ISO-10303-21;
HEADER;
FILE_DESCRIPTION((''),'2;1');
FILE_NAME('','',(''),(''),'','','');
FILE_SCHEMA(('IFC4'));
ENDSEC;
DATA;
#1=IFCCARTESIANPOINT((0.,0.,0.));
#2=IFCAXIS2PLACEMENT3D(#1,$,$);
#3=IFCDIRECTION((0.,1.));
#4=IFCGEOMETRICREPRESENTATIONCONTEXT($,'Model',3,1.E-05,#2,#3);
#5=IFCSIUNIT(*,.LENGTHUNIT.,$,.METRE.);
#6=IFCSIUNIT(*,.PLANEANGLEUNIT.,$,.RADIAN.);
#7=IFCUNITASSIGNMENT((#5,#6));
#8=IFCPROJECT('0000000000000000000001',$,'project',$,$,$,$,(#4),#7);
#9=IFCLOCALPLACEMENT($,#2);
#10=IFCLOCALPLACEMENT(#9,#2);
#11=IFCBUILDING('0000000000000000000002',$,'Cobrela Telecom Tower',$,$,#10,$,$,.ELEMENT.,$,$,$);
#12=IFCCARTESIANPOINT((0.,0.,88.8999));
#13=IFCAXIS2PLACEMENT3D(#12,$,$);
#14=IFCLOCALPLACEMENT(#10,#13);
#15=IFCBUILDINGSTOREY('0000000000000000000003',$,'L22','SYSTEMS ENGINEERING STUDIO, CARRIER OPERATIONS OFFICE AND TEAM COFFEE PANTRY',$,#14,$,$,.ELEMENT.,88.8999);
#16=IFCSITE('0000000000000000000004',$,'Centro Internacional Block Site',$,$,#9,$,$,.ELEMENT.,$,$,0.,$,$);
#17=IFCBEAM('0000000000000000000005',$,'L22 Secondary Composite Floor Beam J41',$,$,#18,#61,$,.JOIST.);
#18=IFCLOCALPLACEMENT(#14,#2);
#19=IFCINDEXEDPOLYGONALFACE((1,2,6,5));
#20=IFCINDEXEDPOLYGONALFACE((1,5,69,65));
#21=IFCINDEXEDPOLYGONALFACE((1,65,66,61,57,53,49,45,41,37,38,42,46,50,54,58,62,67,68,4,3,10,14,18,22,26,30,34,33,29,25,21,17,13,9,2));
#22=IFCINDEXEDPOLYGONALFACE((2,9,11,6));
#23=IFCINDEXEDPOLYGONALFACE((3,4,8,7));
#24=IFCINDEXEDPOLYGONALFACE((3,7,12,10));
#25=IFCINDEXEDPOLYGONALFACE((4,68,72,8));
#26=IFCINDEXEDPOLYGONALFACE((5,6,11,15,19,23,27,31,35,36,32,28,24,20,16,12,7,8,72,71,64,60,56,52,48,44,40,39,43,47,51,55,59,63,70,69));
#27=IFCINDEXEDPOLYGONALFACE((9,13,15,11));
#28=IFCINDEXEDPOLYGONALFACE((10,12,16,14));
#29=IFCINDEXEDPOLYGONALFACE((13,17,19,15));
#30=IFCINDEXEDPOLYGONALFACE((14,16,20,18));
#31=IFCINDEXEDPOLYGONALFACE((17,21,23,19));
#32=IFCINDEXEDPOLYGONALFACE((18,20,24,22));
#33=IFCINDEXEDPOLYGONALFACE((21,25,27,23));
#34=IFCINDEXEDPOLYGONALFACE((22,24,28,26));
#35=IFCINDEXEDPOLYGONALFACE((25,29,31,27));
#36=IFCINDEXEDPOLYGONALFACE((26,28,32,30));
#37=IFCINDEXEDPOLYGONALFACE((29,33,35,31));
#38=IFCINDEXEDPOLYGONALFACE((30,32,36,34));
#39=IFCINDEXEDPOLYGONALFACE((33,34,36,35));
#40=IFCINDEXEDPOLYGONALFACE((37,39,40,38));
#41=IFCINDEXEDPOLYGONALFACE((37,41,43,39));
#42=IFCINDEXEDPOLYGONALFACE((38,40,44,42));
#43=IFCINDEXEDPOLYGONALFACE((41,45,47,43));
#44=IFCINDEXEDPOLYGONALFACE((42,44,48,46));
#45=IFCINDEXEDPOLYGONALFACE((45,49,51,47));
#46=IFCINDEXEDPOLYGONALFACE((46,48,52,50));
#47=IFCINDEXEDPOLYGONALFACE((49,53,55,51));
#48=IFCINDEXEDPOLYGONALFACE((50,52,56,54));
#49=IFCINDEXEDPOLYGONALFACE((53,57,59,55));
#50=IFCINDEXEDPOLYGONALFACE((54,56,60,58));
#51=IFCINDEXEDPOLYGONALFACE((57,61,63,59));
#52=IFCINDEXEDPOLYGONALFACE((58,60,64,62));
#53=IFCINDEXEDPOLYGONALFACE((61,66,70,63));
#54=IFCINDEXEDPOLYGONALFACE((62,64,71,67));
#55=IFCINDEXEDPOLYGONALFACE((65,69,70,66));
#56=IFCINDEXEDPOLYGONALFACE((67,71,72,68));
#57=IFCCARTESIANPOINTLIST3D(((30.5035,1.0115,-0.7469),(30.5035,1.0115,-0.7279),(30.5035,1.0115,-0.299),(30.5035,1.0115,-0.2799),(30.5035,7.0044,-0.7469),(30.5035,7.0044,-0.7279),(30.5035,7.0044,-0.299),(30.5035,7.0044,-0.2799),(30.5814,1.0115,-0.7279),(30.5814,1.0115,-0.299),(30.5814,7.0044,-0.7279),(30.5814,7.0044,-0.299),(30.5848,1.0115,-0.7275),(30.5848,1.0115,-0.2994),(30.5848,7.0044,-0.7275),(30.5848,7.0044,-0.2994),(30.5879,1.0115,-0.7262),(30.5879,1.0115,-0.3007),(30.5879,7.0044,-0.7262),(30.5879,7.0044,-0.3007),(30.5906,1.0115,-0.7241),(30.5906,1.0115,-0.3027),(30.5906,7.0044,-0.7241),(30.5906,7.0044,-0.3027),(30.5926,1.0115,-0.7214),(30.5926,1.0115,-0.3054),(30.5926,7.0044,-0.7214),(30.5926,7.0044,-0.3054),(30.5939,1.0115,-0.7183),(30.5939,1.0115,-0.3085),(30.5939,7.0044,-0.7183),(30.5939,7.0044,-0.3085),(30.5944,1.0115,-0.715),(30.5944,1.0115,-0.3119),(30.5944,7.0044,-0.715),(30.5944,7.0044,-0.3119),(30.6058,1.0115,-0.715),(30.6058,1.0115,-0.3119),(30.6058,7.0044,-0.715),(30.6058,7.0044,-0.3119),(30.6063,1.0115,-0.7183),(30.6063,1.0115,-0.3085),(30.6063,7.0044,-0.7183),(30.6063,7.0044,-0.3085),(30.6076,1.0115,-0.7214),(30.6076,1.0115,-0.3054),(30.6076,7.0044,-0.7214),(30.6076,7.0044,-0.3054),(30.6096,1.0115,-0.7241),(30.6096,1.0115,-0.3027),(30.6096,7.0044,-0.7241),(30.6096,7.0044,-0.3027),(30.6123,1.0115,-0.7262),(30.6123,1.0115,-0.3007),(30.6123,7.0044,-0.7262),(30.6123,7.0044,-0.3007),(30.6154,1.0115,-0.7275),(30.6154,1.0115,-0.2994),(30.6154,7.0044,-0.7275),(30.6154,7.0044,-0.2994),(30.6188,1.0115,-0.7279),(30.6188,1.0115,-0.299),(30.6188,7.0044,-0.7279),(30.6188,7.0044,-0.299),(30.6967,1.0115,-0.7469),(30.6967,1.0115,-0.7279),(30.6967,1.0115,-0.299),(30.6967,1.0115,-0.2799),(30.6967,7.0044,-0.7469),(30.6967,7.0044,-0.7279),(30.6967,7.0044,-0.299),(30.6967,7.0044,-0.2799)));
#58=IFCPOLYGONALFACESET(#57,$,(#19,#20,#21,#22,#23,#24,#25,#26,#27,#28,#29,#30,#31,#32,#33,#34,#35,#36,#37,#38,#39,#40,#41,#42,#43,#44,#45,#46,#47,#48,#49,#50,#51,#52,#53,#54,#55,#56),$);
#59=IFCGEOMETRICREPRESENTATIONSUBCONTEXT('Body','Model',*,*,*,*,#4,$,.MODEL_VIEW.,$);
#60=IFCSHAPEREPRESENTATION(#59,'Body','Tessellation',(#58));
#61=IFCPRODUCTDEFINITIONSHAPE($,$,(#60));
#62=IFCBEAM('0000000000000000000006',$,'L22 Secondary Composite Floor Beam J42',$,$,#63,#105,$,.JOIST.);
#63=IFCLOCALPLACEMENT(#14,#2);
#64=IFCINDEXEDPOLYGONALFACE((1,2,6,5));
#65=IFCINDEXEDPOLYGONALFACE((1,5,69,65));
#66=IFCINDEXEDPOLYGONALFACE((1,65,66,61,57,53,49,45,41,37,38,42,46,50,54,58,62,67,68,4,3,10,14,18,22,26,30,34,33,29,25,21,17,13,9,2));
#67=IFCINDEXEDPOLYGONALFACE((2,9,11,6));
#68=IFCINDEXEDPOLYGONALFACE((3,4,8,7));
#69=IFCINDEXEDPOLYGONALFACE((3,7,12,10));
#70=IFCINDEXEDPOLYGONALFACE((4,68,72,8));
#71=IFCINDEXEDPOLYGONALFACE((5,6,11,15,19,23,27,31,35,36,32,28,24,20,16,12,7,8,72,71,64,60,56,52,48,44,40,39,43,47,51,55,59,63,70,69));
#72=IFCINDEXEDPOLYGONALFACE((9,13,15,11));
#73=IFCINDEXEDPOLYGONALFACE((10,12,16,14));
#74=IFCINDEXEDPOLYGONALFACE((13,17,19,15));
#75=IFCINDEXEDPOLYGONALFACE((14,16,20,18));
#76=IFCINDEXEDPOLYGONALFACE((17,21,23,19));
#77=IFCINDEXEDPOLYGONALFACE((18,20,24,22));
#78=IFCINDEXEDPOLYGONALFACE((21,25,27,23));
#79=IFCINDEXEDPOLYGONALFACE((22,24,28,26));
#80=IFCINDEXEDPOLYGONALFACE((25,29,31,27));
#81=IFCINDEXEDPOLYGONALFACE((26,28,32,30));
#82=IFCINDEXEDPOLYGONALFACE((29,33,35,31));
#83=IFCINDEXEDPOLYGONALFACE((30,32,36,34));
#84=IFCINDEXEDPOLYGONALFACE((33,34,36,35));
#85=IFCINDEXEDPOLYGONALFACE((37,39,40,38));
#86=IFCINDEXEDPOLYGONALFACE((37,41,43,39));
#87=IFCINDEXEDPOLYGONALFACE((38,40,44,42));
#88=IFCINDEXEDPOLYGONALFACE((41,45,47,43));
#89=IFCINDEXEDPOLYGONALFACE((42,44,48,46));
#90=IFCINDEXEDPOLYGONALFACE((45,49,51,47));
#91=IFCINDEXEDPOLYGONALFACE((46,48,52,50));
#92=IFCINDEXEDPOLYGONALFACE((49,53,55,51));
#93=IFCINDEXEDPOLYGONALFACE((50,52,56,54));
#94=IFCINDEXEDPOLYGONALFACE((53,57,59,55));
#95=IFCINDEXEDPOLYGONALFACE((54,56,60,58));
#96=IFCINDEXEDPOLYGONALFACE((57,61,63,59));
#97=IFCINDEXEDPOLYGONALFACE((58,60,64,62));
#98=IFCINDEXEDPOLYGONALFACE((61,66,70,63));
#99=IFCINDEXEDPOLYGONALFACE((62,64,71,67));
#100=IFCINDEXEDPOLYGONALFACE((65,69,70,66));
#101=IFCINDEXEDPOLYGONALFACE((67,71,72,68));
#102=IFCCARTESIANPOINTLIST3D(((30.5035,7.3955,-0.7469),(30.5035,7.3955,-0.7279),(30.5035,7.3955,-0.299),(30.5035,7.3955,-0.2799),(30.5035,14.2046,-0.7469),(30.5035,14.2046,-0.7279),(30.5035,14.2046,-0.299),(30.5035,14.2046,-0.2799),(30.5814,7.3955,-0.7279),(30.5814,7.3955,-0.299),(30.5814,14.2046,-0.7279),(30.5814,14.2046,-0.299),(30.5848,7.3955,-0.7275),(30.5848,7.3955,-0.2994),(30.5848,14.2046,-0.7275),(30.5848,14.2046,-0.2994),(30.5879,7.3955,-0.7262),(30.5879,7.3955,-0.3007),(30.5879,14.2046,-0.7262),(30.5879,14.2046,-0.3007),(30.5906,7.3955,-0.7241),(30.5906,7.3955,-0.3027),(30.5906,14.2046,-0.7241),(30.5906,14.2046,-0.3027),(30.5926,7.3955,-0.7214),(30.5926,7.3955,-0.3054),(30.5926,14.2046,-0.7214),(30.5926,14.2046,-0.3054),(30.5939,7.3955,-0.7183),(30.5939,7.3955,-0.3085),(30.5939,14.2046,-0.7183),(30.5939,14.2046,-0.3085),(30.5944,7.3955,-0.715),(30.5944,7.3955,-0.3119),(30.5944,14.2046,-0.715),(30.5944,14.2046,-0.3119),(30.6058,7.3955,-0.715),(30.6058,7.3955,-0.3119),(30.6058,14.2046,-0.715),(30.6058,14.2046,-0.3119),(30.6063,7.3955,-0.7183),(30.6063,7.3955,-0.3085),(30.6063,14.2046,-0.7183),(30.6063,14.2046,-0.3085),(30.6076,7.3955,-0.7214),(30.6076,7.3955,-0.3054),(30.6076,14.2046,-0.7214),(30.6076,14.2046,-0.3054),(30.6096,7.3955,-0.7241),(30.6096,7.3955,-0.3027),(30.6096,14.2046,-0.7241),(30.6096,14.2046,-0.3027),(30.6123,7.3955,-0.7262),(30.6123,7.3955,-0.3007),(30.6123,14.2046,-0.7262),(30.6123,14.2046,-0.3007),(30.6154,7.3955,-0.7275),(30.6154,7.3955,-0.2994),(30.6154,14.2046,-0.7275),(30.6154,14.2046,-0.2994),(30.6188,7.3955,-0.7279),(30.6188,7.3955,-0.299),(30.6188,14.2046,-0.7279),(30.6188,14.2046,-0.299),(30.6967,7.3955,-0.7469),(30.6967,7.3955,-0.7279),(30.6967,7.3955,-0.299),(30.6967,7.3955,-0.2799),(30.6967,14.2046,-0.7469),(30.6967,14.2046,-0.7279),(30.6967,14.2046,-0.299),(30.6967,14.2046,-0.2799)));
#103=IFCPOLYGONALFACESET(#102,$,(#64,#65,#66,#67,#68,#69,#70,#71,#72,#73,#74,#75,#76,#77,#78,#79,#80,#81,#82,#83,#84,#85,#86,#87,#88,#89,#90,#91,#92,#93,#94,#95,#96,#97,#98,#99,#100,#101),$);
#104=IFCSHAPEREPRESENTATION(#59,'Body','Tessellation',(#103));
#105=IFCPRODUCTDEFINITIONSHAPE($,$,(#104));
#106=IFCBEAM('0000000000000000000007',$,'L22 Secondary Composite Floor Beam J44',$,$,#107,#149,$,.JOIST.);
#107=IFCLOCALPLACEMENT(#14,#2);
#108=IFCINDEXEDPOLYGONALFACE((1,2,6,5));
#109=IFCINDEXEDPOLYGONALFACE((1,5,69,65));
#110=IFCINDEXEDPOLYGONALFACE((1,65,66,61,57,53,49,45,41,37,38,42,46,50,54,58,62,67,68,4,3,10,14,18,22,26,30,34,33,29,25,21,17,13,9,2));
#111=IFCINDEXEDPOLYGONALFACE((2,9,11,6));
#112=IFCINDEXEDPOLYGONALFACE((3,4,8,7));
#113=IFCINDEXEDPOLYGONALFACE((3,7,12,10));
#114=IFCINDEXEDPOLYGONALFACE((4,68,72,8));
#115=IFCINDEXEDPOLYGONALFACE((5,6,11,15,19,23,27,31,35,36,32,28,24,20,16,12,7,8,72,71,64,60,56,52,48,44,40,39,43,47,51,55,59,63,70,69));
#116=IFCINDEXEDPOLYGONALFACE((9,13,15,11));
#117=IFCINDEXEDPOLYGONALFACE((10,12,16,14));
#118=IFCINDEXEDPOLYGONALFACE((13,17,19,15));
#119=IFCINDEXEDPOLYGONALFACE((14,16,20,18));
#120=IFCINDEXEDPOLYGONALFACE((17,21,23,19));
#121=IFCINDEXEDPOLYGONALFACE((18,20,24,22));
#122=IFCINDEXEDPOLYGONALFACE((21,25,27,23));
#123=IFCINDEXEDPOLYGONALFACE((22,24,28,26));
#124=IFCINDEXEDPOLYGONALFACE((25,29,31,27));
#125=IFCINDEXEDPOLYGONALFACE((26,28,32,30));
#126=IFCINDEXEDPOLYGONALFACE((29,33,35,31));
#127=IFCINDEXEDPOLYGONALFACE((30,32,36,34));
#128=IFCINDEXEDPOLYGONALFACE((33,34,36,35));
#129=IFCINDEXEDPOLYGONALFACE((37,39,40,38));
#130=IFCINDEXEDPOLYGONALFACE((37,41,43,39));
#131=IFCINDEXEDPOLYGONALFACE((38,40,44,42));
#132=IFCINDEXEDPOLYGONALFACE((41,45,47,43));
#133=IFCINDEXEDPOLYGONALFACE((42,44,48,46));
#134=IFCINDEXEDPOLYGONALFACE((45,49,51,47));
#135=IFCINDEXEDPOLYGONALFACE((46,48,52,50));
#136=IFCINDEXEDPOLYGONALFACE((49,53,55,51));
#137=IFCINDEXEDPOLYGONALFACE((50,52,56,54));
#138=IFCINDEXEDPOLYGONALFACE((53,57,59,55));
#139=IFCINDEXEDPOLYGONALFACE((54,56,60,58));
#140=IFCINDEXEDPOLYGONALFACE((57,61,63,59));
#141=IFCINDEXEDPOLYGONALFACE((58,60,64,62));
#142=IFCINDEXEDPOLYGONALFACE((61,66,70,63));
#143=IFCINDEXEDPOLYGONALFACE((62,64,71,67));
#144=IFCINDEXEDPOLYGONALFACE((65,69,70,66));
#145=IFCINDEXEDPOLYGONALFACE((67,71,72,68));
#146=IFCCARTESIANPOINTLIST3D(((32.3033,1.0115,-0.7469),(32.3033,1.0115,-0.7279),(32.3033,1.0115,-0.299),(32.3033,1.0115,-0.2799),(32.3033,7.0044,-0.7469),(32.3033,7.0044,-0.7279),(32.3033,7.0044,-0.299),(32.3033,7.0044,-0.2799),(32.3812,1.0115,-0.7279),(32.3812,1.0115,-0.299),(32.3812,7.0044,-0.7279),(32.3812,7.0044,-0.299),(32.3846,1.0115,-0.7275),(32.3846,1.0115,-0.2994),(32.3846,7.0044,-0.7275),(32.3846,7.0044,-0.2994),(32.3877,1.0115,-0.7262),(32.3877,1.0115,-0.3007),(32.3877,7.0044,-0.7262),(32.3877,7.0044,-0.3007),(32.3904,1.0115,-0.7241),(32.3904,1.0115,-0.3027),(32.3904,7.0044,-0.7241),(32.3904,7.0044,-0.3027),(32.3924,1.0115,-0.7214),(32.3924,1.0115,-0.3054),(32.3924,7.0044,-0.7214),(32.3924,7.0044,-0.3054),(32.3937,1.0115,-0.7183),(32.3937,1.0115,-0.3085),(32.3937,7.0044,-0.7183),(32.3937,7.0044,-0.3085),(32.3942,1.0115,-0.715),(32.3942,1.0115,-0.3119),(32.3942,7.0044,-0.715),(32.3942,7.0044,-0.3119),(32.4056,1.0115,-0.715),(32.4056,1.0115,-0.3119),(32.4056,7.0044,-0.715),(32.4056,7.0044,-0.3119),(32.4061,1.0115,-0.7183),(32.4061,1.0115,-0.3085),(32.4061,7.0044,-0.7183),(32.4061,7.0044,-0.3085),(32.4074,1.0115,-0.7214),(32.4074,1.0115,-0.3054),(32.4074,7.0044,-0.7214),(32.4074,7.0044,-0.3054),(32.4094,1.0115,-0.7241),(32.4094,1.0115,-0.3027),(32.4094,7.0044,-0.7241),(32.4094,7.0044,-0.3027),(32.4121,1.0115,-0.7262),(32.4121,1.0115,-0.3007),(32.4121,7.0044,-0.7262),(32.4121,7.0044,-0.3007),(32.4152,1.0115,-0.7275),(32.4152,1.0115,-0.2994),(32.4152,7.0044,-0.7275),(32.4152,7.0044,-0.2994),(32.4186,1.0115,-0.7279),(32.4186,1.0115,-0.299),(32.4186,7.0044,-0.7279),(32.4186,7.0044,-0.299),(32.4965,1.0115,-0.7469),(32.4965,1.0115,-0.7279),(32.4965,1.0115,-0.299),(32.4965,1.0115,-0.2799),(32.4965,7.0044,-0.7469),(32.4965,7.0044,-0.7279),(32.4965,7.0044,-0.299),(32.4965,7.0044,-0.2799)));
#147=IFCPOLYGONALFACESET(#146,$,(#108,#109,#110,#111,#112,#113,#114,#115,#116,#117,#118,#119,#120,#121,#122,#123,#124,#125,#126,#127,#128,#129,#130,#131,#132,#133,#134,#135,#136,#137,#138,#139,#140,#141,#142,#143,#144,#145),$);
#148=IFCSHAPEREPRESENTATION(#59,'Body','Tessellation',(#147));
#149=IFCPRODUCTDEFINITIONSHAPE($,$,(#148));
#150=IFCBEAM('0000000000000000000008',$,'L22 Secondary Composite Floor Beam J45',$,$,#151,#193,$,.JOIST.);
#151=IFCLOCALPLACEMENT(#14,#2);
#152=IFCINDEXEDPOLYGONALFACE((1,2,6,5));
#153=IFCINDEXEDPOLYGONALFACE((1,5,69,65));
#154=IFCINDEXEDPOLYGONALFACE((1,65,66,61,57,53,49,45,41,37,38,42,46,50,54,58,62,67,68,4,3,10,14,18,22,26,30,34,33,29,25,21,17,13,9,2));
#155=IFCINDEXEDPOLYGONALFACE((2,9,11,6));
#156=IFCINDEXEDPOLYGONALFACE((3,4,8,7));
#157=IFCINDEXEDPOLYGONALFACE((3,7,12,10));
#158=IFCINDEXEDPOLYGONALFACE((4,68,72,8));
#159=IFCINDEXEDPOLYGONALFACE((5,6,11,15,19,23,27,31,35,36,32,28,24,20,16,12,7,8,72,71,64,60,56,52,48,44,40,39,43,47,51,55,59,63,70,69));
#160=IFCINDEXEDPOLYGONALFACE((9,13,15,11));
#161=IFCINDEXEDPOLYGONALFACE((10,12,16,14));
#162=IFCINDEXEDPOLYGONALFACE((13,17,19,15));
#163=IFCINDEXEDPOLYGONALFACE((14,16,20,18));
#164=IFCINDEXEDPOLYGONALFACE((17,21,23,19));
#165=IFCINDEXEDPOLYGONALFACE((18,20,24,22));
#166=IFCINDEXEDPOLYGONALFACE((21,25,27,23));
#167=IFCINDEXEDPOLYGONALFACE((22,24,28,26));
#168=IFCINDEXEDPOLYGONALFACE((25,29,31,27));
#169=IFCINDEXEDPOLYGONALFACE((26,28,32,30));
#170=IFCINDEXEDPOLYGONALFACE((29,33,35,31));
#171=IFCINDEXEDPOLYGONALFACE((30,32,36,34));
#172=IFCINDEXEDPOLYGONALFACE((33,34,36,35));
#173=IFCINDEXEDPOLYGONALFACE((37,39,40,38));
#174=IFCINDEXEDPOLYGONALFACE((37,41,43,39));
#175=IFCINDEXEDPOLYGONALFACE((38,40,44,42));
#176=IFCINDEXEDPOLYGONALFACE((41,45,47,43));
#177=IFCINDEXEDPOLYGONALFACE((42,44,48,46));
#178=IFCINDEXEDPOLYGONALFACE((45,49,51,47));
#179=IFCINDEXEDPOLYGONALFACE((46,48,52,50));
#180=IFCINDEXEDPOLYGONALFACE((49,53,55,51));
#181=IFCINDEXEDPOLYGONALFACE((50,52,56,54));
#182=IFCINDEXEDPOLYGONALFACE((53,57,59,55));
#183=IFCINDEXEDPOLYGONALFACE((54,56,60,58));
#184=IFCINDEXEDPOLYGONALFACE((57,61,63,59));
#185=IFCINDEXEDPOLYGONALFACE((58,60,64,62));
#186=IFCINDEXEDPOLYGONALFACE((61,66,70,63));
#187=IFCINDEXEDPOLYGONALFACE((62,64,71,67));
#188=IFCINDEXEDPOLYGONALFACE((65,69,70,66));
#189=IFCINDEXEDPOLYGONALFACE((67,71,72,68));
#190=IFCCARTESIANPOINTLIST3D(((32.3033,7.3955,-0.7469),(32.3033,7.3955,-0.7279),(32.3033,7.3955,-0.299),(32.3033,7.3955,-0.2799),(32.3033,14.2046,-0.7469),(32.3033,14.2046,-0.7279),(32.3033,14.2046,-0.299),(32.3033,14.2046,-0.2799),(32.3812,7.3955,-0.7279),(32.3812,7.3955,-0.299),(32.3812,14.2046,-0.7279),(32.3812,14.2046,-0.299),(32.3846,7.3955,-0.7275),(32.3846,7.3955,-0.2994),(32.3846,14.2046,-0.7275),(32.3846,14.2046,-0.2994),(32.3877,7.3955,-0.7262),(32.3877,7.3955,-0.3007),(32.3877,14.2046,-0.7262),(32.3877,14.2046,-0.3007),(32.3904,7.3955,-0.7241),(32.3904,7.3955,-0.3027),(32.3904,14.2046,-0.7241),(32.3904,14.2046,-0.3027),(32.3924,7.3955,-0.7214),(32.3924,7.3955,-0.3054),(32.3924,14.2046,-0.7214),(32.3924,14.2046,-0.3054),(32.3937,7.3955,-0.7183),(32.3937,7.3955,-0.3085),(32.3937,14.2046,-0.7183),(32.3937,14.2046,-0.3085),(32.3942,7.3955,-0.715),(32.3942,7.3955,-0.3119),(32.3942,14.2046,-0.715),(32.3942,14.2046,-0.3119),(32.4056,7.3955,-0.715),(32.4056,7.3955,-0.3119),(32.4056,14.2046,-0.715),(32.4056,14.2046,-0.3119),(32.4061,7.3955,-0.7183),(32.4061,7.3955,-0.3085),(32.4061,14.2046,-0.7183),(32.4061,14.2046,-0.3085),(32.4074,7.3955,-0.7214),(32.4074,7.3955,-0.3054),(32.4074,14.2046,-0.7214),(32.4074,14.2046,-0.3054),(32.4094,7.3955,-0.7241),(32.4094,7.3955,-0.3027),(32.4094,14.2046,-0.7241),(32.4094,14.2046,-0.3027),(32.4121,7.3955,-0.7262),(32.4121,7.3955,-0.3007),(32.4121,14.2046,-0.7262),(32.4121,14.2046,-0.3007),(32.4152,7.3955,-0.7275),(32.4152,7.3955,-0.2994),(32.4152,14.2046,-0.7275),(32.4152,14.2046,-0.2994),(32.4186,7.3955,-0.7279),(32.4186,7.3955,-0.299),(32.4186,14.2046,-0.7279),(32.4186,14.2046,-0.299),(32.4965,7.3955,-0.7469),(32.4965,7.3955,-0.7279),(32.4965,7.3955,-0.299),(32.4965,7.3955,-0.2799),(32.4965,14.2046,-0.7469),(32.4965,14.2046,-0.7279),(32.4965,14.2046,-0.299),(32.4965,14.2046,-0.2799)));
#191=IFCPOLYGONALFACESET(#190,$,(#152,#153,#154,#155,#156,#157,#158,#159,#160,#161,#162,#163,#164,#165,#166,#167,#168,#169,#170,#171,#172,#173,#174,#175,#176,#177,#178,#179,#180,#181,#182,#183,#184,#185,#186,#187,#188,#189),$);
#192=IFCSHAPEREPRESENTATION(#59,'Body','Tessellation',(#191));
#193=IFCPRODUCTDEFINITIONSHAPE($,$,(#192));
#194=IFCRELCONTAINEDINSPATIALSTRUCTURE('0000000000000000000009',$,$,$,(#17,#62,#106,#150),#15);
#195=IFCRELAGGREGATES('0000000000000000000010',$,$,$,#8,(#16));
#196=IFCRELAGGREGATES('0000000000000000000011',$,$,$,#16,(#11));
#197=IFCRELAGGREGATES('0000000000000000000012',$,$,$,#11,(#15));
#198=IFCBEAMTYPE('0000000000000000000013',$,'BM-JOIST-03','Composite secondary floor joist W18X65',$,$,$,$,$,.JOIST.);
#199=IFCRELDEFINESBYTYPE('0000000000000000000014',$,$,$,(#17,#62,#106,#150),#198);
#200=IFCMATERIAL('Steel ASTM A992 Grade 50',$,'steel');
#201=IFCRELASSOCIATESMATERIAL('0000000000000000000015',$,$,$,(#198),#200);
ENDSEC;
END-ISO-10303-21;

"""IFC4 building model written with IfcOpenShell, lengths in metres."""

from ifc_helpers import new_model, si_unit, direction, frame, origin, origin_2d, place, context, subcontext, project, spatial, i_section, extrude, material, material_profile, profile_set, type_object, element, save


model = new_model("IFC4")

# Units and contexts
model_context = context("Model", 3, precision=1e-05, world=origin(), true_north=direction((0.0, 1.0)))
body_context = subcontext(model_context, "Body", "Model", "MODEL_VIEW")
ifc_project = project(units=[si_unit("LENGTHUNIT", "METRE"), si_unit("PLANEANGLEUNIT", "RADIAN")], contexts=[model_context])

# Site, building, storey
site_placement = place(None, origin())
site = spatial("IfcSite", under=ifc_project, at=site_placement, Name="Centro Internacional Block Site", CompositionType="ELEMENT", RefElevation=0.0)
building_placement = place(site_placement, origin())
building = spatial("IfcBuilding", under=site, at=building_placement, Name="Cobrela Telecom Tower", CompositionType="ELEMENT")
storey_placement = place(building_placement, frame((0.0, 0.0, 88.8999)))
storey = spatial("IfcBuildingStorey", under=building, at=storey_placement, Name="L22", Description="SYSTEMS ENGINEERING STUDIO, CARRIER OPERATIONS OFFICE AND TEAM COFFEE PANTRY", CompositionType="ELEMENT", Elevation=88.8999)

# Shared definitions
ifc_material_1 = material(Name="Steel ASTM A992 Grade 50", Category="steel")

# Beams
ifc_material_profile_1 = material_profile(ifc_material_1, i_section(OverallWidth=0.1931, OverallDepth=0.467, WebThickness=0.0115, FlangeThickness=0.019, FilletRadius=0.0129, at=origin_2d()), Name="W18X65")
ifc_profile_set_1 = profile_set([ifc_material_profile_1], Name="Steel ASTM A992 Grade 50")
beam_type_1 = type_object("IfcBeamType", Name="BM-JOIST-03", Description="Composite secondary floor joist W18X65", PredefinedType="JOIST", material=ifc_profile_set_1)
beam_1_placement = place(storey_placement, frame((30.6001, 1.0115, -0.5134), z_axis=(0.0, 1.0, 0.0), x_axis=(-1.0, 0.0, 0.0)))
element("IfcBeam", 1, at=beam_1_placement, inside=storey, type_object=beam_type_1, Name="L22 Secondary Composite Floor Beam J41", PredefinedType="JOIST", context=body_context, shape_type="SweptSolid", body=[
    extrude(i_section(OverallWidth=0.1931, OverallDepth=0.467, WebThickness=0.0115, FlangeThickness=0.019, FilletRadius=0.0129, at=origin_2d()), origin(), (0.0, 0.0, 1.0), 5.9929),
])
beam_2_placement = place(storey_placement, frame((30.6001, 7.3955, -0.5134), z_axis=(0.0, 1.0, 0.0), x_axis=(-1.0, 0.0, 0.0)))
element("IfcBeam", 2, at=beam_2_placement, inside=storey, type_object=beam_type_1, Name="L22 Secondary Composite Floor Beam J42", PredefinedType="JOIST", context=body_context, shape_type="SweptSolid", body=[
    extrude(i_section(OverallWidth=0.1931, OverallDepth=0.467, WebThickness=0.0115, FlangeThickness=0.019, FilletRadius=0.0129, at=origin_2d()), origin(), (0.0, 0.0, 1.0), 6.8091),
])
beam_3_placement = place(storey_placement, frame((32.3999, 1.0115, -0.5134), z_axis=(0.0, 1.0, 0.0), x_axis=(-1.0, 0.0, 0.0)))
element("IfcBeam", 3, at=beam_3_placement, inside=storey, type_object=beam_type_1, Name="L22 Secondary Composite Floor Beam J44", PredefinedType="JOIST", context=body_context, shape_type="SweptSolid", body=[
    extrude(i_section(OverallWidth=0.1931, OverallDepth=0.467, WebThickness=0.0115, FlangeThickness=0.019, FilletRadius=0.0129, at=origin_2d()), origin(), (0.0, 0.0, 1.0), 5.9929),
])
beam_4_placement = place(storey_placement, frame((32.3999, 7.3955, -0.5134), z_axis=(0.0, 1.0, 0.0), x_axis=(-1.0, 0.0, 0.0)))
element("IfcBeam", 4, at=beam_4_placement, inside=storey, type_object=beam_type_1, Name="L22 Secondary Composite Floor Beam J45", PredefinedType="JOIST", context=body_context, shape_type="SweptSolid", body=[
    extrude(i_section(OverallWidth=0.1931, OverallDepth=0.467, WebThickness=0.0115, FlangeThickness=0.019, FilletRadius=0.0129, at=origin_2d()), origin(), (0.0, 0.0, 1.0), 6.8091),
])

save(model, "model.ifc")
